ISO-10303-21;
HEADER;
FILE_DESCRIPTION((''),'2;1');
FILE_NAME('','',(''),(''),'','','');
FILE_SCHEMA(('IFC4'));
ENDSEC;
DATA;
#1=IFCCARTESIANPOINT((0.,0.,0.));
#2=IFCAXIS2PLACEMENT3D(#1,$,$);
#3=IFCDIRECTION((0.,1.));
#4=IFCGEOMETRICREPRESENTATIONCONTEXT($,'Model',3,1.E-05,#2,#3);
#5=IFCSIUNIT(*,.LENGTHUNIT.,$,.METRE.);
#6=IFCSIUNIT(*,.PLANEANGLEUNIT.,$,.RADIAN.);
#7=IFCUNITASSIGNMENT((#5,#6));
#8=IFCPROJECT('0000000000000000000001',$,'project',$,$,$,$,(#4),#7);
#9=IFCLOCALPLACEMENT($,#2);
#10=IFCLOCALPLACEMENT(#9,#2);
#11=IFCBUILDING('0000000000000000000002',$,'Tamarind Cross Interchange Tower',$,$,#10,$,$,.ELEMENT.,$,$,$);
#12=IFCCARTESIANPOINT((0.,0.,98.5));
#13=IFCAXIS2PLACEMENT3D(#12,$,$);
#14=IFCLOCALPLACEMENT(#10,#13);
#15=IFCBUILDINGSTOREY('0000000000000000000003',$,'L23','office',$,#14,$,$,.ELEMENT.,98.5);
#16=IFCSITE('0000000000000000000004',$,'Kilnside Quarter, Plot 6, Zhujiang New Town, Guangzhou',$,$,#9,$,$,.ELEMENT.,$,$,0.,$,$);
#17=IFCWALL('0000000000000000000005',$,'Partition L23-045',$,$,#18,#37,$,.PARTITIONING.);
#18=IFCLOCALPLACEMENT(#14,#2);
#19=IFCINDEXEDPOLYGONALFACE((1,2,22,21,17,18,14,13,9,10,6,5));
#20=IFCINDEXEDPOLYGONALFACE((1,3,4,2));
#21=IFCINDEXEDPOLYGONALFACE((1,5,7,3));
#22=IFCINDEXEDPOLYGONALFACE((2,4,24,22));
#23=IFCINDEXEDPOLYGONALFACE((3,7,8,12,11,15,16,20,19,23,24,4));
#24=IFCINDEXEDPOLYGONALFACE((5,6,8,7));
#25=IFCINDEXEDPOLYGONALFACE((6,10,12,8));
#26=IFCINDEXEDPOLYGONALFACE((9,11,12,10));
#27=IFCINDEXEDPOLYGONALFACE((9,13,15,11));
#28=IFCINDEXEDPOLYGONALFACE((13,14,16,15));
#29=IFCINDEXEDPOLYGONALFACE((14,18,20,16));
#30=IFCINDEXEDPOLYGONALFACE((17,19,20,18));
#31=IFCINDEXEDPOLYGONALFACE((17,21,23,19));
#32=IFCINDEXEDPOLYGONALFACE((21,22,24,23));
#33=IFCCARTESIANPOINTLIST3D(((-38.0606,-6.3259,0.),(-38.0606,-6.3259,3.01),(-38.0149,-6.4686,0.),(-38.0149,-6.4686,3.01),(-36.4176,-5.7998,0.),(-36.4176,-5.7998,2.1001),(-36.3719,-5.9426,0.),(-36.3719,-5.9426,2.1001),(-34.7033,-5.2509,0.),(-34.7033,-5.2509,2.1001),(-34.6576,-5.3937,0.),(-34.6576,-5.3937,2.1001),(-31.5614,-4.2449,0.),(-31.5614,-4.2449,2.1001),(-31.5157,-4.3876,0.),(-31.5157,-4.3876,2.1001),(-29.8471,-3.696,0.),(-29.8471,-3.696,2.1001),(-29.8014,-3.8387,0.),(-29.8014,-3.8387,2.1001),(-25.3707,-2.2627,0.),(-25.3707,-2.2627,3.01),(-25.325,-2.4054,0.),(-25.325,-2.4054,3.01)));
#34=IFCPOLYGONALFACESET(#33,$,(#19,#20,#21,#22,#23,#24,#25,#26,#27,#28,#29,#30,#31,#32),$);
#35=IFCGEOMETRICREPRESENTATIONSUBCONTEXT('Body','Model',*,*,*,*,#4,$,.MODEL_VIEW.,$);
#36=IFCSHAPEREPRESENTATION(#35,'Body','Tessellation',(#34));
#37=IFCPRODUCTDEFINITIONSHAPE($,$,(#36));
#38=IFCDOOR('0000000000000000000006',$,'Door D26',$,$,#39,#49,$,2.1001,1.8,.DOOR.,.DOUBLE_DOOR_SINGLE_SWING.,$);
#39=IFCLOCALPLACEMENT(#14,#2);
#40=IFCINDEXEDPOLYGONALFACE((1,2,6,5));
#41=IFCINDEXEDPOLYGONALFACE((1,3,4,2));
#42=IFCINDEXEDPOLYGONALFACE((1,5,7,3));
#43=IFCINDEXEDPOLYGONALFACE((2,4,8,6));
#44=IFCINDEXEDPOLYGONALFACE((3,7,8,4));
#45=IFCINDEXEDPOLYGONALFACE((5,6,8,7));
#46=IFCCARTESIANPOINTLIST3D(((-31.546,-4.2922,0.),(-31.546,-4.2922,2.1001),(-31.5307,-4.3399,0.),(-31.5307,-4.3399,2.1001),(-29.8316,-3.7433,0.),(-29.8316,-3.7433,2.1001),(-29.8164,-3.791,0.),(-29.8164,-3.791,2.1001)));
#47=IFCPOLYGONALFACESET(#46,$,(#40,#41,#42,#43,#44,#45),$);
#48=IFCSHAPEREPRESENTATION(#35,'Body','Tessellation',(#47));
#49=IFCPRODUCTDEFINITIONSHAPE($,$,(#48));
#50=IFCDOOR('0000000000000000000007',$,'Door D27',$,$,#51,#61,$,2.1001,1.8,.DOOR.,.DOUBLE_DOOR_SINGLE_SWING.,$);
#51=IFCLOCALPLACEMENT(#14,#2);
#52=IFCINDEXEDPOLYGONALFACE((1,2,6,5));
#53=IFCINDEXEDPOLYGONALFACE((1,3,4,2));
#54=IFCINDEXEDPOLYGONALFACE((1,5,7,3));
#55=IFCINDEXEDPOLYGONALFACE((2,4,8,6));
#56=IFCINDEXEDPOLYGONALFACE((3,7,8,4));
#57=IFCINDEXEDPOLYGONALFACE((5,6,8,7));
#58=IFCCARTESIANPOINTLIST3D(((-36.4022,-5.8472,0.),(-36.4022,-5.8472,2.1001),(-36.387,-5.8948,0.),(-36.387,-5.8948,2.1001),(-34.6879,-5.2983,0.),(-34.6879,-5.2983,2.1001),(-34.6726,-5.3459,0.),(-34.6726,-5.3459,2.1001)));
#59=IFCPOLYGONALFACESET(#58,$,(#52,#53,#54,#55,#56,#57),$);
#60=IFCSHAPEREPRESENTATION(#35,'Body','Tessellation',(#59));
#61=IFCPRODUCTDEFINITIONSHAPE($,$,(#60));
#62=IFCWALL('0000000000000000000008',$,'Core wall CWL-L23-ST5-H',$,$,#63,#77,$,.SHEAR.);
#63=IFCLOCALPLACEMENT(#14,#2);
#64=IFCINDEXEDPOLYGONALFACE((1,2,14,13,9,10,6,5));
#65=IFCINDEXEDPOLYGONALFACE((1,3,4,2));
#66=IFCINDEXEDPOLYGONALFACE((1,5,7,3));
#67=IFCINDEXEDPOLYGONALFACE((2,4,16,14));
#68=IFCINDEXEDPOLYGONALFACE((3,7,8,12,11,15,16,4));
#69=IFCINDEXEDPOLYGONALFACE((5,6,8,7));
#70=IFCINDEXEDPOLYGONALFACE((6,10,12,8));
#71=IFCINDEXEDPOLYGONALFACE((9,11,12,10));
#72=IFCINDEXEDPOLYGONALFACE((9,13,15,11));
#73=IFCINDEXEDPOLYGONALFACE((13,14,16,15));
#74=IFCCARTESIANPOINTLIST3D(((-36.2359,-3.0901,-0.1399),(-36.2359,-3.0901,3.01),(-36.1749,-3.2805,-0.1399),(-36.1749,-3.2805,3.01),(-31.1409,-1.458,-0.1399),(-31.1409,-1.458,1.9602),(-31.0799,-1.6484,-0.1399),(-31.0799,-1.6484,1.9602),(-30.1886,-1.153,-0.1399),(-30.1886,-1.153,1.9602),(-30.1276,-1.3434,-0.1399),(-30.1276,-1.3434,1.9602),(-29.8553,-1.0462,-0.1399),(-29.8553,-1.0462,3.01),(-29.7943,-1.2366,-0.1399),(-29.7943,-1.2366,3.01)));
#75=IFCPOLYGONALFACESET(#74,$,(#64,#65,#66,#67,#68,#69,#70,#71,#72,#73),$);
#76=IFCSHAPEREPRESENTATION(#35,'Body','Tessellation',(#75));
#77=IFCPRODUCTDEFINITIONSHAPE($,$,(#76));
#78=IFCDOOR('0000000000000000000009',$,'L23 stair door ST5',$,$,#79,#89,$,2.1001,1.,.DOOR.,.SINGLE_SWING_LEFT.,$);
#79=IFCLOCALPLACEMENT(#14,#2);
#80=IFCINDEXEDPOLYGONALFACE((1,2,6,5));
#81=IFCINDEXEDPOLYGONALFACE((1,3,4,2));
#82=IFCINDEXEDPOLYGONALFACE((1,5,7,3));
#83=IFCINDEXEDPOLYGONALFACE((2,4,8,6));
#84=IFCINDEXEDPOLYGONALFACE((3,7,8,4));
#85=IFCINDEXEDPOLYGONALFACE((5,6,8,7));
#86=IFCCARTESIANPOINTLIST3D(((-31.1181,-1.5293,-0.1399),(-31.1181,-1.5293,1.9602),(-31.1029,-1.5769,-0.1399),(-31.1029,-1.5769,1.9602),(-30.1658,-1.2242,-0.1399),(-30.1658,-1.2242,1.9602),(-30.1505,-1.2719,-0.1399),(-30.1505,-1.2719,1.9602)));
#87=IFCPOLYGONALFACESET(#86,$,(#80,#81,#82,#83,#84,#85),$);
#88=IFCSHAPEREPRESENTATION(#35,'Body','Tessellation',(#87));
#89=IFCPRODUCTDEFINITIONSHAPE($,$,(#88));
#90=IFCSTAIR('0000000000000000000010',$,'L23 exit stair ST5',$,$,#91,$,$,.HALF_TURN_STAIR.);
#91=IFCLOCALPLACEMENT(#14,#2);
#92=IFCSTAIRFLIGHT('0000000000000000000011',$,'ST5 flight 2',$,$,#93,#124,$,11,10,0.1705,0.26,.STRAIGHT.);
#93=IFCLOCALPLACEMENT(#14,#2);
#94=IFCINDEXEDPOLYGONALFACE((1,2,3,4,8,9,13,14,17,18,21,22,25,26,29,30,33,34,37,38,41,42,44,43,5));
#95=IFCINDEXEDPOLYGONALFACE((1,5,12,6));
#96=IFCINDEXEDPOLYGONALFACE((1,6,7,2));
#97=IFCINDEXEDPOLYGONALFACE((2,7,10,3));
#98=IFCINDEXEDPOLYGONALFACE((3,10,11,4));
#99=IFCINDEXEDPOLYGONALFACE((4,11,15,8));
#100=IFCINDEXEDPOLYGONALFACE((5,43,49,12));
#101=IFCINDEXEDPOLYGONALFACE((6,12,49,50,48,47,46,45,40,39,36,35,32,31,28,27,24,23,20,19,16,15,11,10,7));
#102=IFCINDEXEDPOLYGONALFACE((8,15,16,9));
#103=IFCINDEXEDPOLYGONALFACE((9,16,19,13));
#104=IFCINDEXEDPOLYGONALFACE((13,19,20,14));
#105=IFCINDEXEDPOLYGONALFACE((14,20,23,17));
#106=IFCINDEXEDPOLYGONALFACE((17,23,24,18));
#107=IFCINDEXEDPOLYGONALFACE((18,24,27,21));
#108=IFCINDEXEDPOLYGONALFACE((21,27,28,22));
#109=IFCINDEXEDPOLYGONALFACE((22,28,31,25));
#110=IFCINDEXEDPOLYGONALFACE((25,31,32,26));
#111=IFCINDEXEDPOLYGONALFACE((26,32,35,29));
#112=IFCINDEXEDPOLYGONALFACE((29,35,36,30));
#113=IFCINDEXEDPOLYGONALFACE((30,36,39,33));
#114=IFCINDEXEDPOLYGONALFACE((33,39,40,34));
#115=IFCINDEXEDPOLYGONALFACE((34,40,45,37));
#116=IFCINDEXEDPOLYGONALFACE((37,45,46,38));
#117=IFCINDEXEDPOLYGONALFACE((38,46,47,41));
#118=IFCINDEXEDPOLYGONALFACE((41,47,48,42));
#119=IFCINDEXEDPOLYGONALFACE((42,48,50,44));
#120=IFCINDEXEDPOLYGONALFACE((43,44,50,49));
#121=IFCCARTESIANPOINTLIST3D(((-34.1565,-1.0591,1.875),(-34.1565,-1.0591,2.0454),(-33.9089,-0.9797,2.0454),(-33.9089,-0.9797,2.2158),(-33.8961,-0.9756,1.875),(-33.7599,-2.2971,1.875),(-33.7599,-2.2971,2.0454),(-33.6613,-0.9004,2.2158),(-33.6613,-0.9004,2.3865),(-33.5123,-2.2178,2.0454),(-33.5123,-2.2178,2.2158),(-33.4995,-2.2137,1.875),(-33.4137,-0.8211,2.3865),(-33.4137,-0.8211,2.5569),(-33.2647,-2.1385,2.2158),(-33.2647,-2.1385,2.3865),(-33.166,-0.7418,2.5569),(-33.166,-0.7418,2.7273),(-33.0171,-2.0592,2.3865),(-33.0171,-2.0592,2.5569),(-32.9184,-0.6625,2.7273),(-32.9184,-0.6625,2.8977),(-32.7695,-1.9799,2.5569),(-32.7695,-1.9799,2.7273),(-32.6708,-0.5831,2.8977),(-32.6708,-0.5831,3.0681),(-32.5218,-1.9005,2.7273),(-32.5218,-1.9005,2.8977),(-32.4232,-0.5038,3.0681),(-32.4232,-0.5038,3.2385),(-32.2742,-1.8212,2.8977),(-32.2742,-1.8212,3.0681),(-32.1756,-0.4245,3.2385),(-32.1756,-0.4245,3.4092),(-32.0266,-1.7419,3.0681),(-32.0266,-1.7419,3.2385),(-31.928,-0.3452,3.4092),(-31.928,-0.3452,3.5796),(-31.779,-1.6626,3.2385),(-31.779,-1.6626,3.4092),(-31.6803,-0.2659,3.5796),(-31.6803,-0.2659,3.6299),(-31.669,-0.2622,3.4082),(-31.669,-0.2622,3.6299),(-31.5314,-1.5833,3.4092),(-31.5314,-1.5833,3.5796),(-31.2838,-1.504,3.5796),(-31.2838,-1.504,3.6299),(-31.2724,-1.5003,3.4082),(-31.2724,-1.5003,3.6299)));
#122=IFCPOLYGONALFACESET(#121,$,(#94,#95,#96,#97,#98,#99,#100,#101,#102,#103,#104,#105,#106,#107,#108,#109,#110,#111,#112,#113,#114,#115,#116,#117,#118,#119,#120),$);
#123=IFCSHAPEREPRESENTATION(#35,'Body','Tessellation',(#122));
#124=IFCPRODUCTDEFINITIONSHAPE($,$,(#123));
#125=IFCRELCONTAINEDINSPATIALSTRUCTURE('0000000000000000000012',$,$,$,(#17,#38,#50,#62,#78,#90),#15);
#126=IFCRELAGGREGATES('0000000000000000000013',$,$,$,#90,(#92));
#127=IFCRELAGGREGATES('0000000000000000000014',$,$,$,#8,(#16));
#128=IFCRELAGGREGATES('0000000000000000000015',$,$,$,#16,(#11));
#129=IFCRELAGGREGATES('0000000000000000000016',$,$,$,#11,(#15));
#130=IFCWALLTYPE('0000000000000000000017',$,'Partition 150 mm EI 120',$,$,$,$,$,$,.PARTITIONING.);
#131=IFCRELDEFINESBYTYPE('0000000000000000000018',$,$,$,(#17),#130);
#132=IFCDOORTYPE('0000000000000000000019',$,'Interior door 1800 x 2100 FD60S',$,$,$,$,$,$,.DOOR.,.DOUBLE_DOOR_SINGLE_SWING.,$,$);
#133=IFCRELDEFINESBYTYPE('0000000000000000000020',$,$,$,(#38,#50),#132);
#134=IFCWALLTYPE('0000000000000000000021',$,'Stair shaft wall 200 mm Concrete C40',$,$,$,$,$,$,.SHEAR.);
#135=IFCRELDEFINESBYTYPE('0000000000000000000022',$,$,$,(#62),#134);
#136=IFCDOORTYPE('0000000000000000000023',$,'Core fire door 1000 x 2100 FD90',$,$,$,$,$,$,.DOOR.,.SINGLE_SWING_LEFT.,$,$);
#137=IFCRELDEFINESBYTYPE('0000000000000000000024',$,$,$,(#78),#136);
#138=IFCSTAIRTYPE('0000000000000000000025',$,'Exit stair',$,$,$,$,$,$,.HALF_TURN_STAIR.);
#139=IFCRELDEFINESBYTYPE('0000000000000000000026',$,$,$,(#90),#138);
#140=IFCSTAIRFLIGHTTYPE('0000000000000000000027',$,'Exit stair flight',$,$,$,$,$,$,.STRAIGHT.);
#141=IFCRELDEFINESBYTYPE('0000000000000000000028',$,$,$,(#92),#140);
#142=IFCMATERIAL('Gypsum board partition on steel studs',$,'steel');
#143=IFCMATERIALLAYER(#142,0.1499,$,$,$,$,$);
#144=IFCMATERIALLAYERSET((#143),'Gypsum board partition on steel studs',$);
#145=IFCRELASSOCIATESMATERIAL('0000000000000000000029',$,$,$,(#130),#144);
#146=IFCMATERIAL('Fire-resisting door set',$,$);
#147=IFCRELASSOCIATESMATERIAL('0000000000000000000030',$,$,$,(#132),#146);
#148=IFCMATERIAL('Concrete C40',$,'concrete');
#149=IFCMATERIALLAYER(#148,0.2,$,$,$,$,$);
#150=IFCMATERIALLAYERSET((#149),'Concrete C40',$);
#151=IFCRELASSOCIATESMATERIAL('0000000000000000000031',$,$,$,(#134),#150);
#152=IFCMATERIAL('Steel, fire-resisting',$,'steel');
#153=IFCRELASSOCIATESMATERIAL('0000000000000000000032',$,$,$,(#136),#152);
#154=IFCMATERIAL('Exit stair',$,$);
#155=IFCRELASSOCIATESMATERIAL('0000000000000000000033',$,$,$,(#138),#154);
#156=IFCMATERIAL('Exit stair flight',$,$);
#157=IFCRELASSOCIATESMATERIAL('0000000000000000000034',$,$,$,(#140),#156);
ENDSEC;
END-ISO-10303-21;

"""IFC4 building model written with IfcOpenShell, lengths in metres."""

from ifc_helpers import new_model, si_unit, direction, frame, frame_2d, origin, place, context, subcontext, project, spatial, polyline, rectangle, outline, extrude, material, layer, layer_set, type_object, element, fill, aggregate, save


model = new_model("IFC4")

# Units and contexts
model_context = context("Model", 3, precision=1e-05, world=origin(), true_north=direction((0.0, 1.0)))
body_context = subcontext(model_context, "Body", "Model", "MODEL_VIEW")
ifc_project = project(units=[si_unit("LENGTHUNIT", "METRE"), si_unit("PLANEANGLEUNIT", "RADIAN")], contexts=[model_context])

# Site, building, storey
site_placement = place(None, origin())
site = spatial("IfcSite", under=ifc_project, at=site_placement, Name="Kilnside Quarter, Plot 6, Zhujiang New Town, Guangzhou", CompositionType="ELEMENT", RefElevation=0.0)
building_placement = place(site_placement, origin())
building = spatial("IfcBuilding", under=site, at=building_placement, Name="Tamarind Cross Interchange Tower", CompositionType="ELEMENT")
storey_placement = place(building_placement, frame((0.0, 0.0, 98.5)))
storey = spatial("IfcBuildingStorey", under=building, at=storey_placement, Name="L23", Description="office", CompositionType="ELEMENT", Elevation=98.5)

# Shared definitions
ifc_material_1 = material(Name="Gypsum board partition on steel studs", Category="steel")

# Shared definitions
ifc_layer_1 = layer(ifc_material_1, 0.1499)
ifc_layer_set_1 = layer_set([ifc_layer_1], Name="Gypsum board partition on steel studs")
wall_type_1 = type_object("IfcWallType", Name="Partition 150 mm EI 120", PredefinedType="PARTITIONING", material=ifc_layer_set_1)
ifc_material_2 = material(Name="Fire-resisting door set")
door_type_1 = type_object("IfcDoorType", Name="Interior door 1800 x 2100 FD60S", OperationType="DOUBLE_DOOR_SINGLE_SWING", PredefinedType="DOOR", material=ifc_material_2)

# Wall, openings, doors
wall_1_placement = place(storey_placement, frame((-38.0376, -6.3972, 0.0), z_axis=(0.0, 0.0, 1.0), x_axis=(0.952371, 0.304943, 0.0)))
wall_1 = element("IfcWall", 1, at=wall_1_placement, inside=storey, type_object=wall_type_1, Name="Partition L23-045", PredefinedType="PARTITIONING", context=body_context, shape_type="SweptSolid", body=[
    extrude(rectangle(XDim=13.3245, YDim=0.1499, at=frame_2d((6.6621, 0.0))), origin(), (0.0, 0.0, 1.0), 3.01),
])
opening_1_placement = place(wall_1_placement, frame((6.8242, 0.0, 0.0)))
opening_1 = element("IfcOpeningElement", 2, at=opening_1_placement, cuts=wall_1, PredefinedType="OPENING", context=body_context, shape_type="SweptSolid", body=[
    extrude(rectangle(XDim=1.8, YDim=2.1001, at=frame_2d((0.8999, 1.05))), frame((0.0, 0.085, 0.0), z_axis=(0.0, -1.0, 0.0), x_axis=(1.0, 0.0, 0.0)), (0.0, 0.0, 1.0), 0.1699),
])
opening_2_placement = place(wall_1_placement, frame((1.7251, 0.0, 0.0)))
opening_2 = element("IfcOpeningElement", 3, at=opening_2_placement, cuts=wall_1, PredefinedType="OPENING", context=body_context, shape_type="SweptSolid", body=[
    extrude(rectangle(XDim=1.8, YDim=2.1001, at=frame_2d((0.8999, 1.05))), frame((0.0, 0.085, 0.0), z_axis=(0.0, -1.0, 0.0), x_axis=(1.0, 0.0, 0.0)), (0.0, 0.0, 1.0), 0.1699),
])
door_1_placement = place(opening_1_placement, frame((1.8, 0.0, 0.0), z_axis=(0.0, 0.0, 1.0), x_axis=(-1.0, 0.0, 0.0)))
door_1 = element("IfcDoor", 4, at=door_1_placement, inside=storey, type_object=door_type_1, Name="Door D26", OperationType="DOUBLE_DOOR_SINGLE_SWING", OverallHeight=2.1001, OverallWidth=1.8, PredefinedType="DOOR", context=body_context, shape_type="SweptSolid", body=[
    extrude(rectangle(XDim=1.8, YDim=2.1001, at=frame_2d((0.8999, 1.05))), frame((0.0, 0.0249, 0.0), z_axis=(0.0, -1.0, 0.0), x_axis=(1.0, 0.0, 0.0)), (0.0, 0.0, 1.0), 0.05),
])
fill(opening_1, door_1)
door_2_placement = place(opening_2_placement, frame((1.8, 0.0, 0.0), z_axis=(0.0, 0.0, 1.0), x_axis=(-1.0, 0.0, 0.0)))
door_2 = element("IfcDoor", 5, at=door_2_placement, inside=storey, type_object=door_type_1, Name="Door D27", OperationType="DOUBLE_DOOR_SINGLE_SWING", OverallHeight=2.1001, OverallWidth=1.8, PredefinedType="DOOR", context=body_context, shape_type="SweptSolid", body=[
    extrude(rectangle(XDim=1.8, YDim=2.1001, at=frame_2d((0.8999, 1.05))), frame((0.0, 0.0249, 0.0), z_axis=(0.0, -1.0, 0.0), x_axis=(1.0, 0.0, 0.0)), (0.0, 0.0, 1.0), 0.05),
])
fill(opening_2, door_2)

# Wall, opening, door
ifc_material_3 = material(Name="Concrete C40", Category="concrete")
ifc_layer_2 = layer(ifc_material_3, 0.2)
ifc_layer_set_2 = layer_set([ifc_layer_2], Name="Concrete C40")
wall_type_2 = type_object("IfcWallType", Name="Stair shaft wall 200 mm Concrete C40", PredefinedType="SHEAR", material=ifc_layer_set_2)
wall_2_placement = place(storey_placement, frame((-29.8247, -1.1414, -0.1399), z_axis=(0.0, 0.0, 1.0), x_axis=(-0.952331, -0.305067, 0.0)))
wall_2 = element("IfcWall", 6, at=wall_2_placement, inside=storey, type_object=wall_type_2, Name="Core wall CWL-L23-ST5-H", PredefinedType="SHEAR", context=body_context, shape_type="SweptSolid", body=[
    extrude(rectangle(XDim=6.7, YDim=0.2, at=frame_2d((3.3501, 0.0))), origin(), (0.0, 0.0, 1.0), 3.1499),
])
opening_3_placement = place(wall_2_placement, frame((0.3501, 0.0, 0.0)))
opening_3 = element("IfcOpeningElement", 7, at=opening_3_placement, cuts=wall_2, PredefinedType="OPENING", context=body_context, shape_type="SweptSolid", body=[
    extrude(rectangle(XDim=1.0, YDim=2.1001, at=frame_2d((0.5, 1.05))), frame((0.0, 0.1099, 0.0), z_axis=(0.0, -1.0, 0.0), x_axis=(1.0, 0.0, 0.0)), (0.0, 0.0, 1.0), 0.22),
])
ifc_material_4 = material(Name="Steel, fire-resisting", Category="steel")
door_type_2 = type_object("IfcDoorType", Name="Core fire door 1000 x 2100 FD90", OperationType="SINGLE_SWING_LEFT", PredefinedType="DOOR", material=ifc_material_4)
door_3_placement = place(opening_3_placement, origin())
door_3 = element("IfcDoor", 8, at=door_3_placement, inside=storey, type_object=door_type_2, Name="L23 stair door ST5", OperationType="SINGLE_SWING_LEFT", OverallHeight=2.1001, OverallWidth=1.0, PredefinedType="DOOR", context=body_context, shape_type="SweptSolid", body=[
    extrude(rectangle(XDim=1.0, YDim=2.1001, at=frame_2d((0.5, 1.05))), frame((0.0, 0.0249, 0.0), z_axis=(0.0, -1.0, 0.0), x_axis=(1.0, 0.0, 0.0)), (0.0, 0.0, 1.0), 0.05),
])
fill(opening_3, door_3)

# Stair, stair flight
ifc_material_5 = material(Name="Exit stair")
stair_type = type_object("IfcStairType", Name="Exit stair", PredefinedType="HALF_TURN_STAIR", material=ifc_material_5)
stair_placement = place(storey_placement, origin())
stair = element("IfcStair", 9, at=stair_placement, inside=storey, type_object=stair_type, Name="L23 exit stair ST5", PredefinedType="HALF_TURN_STAIR")
ifc_material_6 = material(Name="Exit stair flight")
stair_flight_type = type_object("IfcStairFlightType", Name="Exit stair flight", PredefinedType="STRAIGHT", material=ifc_material_6)
stair_flight_placement = place(storey_placement, frame((-33.9583, -1.678, 1.875), z_axis=(0.0, 0.0, 1.0), x_axis=(0.952334, 0.305057, 0.0)))
stair_flight = element("IfcStairFlight", 10, at=stair_flight_placement, type_object=stair_flight_type, Name="ST5 flight 2", NumberOfRisers=11, NumberOfTreads=10, PredefinedType="STRAIGHT", RiserHeight=0.1705, TreadLength=0.26, context=body_context, shape_type="SweptSolid", body=[
    extrude(outline(polyline([(0.0, 0.0), (0.0, 0.1704), (0.26, 0.1704), (0.26, 0.3408), (0.52, 0.3408), (0.52, 0.5115), (0.78, 0.5115), (0.78, 0.6819), (1.04, 0.6819), (1.04, 0.8523), (1.3, 0.8523), (1.3, 1.0227), (1.5601, 1.0227), (1.5601, 1.1931), (1.8201, 1.1931), (1.8201, 1.3635), (2.0801, 1.3635), (2.0801, 1.5342), (2.3401, 1.5342), (2.3401, 1.7046), (2.6001, 1.7046), (2.6001, 1.7549), (2.6121, 1.7549), (2.6121, 1.5332), (0.2734, 0.0), (0.0, 0.0)])), frame((0.0, 0.6499, 0.0), z_axis=(0.0, -1.0, 0.0), x_axis=(1.0, 0.0, 0.0)), (0.0, 0.0, 1.0), 1.3),
])
aggregate(stair, [stair_flight])

save(model, "model.ifc")
